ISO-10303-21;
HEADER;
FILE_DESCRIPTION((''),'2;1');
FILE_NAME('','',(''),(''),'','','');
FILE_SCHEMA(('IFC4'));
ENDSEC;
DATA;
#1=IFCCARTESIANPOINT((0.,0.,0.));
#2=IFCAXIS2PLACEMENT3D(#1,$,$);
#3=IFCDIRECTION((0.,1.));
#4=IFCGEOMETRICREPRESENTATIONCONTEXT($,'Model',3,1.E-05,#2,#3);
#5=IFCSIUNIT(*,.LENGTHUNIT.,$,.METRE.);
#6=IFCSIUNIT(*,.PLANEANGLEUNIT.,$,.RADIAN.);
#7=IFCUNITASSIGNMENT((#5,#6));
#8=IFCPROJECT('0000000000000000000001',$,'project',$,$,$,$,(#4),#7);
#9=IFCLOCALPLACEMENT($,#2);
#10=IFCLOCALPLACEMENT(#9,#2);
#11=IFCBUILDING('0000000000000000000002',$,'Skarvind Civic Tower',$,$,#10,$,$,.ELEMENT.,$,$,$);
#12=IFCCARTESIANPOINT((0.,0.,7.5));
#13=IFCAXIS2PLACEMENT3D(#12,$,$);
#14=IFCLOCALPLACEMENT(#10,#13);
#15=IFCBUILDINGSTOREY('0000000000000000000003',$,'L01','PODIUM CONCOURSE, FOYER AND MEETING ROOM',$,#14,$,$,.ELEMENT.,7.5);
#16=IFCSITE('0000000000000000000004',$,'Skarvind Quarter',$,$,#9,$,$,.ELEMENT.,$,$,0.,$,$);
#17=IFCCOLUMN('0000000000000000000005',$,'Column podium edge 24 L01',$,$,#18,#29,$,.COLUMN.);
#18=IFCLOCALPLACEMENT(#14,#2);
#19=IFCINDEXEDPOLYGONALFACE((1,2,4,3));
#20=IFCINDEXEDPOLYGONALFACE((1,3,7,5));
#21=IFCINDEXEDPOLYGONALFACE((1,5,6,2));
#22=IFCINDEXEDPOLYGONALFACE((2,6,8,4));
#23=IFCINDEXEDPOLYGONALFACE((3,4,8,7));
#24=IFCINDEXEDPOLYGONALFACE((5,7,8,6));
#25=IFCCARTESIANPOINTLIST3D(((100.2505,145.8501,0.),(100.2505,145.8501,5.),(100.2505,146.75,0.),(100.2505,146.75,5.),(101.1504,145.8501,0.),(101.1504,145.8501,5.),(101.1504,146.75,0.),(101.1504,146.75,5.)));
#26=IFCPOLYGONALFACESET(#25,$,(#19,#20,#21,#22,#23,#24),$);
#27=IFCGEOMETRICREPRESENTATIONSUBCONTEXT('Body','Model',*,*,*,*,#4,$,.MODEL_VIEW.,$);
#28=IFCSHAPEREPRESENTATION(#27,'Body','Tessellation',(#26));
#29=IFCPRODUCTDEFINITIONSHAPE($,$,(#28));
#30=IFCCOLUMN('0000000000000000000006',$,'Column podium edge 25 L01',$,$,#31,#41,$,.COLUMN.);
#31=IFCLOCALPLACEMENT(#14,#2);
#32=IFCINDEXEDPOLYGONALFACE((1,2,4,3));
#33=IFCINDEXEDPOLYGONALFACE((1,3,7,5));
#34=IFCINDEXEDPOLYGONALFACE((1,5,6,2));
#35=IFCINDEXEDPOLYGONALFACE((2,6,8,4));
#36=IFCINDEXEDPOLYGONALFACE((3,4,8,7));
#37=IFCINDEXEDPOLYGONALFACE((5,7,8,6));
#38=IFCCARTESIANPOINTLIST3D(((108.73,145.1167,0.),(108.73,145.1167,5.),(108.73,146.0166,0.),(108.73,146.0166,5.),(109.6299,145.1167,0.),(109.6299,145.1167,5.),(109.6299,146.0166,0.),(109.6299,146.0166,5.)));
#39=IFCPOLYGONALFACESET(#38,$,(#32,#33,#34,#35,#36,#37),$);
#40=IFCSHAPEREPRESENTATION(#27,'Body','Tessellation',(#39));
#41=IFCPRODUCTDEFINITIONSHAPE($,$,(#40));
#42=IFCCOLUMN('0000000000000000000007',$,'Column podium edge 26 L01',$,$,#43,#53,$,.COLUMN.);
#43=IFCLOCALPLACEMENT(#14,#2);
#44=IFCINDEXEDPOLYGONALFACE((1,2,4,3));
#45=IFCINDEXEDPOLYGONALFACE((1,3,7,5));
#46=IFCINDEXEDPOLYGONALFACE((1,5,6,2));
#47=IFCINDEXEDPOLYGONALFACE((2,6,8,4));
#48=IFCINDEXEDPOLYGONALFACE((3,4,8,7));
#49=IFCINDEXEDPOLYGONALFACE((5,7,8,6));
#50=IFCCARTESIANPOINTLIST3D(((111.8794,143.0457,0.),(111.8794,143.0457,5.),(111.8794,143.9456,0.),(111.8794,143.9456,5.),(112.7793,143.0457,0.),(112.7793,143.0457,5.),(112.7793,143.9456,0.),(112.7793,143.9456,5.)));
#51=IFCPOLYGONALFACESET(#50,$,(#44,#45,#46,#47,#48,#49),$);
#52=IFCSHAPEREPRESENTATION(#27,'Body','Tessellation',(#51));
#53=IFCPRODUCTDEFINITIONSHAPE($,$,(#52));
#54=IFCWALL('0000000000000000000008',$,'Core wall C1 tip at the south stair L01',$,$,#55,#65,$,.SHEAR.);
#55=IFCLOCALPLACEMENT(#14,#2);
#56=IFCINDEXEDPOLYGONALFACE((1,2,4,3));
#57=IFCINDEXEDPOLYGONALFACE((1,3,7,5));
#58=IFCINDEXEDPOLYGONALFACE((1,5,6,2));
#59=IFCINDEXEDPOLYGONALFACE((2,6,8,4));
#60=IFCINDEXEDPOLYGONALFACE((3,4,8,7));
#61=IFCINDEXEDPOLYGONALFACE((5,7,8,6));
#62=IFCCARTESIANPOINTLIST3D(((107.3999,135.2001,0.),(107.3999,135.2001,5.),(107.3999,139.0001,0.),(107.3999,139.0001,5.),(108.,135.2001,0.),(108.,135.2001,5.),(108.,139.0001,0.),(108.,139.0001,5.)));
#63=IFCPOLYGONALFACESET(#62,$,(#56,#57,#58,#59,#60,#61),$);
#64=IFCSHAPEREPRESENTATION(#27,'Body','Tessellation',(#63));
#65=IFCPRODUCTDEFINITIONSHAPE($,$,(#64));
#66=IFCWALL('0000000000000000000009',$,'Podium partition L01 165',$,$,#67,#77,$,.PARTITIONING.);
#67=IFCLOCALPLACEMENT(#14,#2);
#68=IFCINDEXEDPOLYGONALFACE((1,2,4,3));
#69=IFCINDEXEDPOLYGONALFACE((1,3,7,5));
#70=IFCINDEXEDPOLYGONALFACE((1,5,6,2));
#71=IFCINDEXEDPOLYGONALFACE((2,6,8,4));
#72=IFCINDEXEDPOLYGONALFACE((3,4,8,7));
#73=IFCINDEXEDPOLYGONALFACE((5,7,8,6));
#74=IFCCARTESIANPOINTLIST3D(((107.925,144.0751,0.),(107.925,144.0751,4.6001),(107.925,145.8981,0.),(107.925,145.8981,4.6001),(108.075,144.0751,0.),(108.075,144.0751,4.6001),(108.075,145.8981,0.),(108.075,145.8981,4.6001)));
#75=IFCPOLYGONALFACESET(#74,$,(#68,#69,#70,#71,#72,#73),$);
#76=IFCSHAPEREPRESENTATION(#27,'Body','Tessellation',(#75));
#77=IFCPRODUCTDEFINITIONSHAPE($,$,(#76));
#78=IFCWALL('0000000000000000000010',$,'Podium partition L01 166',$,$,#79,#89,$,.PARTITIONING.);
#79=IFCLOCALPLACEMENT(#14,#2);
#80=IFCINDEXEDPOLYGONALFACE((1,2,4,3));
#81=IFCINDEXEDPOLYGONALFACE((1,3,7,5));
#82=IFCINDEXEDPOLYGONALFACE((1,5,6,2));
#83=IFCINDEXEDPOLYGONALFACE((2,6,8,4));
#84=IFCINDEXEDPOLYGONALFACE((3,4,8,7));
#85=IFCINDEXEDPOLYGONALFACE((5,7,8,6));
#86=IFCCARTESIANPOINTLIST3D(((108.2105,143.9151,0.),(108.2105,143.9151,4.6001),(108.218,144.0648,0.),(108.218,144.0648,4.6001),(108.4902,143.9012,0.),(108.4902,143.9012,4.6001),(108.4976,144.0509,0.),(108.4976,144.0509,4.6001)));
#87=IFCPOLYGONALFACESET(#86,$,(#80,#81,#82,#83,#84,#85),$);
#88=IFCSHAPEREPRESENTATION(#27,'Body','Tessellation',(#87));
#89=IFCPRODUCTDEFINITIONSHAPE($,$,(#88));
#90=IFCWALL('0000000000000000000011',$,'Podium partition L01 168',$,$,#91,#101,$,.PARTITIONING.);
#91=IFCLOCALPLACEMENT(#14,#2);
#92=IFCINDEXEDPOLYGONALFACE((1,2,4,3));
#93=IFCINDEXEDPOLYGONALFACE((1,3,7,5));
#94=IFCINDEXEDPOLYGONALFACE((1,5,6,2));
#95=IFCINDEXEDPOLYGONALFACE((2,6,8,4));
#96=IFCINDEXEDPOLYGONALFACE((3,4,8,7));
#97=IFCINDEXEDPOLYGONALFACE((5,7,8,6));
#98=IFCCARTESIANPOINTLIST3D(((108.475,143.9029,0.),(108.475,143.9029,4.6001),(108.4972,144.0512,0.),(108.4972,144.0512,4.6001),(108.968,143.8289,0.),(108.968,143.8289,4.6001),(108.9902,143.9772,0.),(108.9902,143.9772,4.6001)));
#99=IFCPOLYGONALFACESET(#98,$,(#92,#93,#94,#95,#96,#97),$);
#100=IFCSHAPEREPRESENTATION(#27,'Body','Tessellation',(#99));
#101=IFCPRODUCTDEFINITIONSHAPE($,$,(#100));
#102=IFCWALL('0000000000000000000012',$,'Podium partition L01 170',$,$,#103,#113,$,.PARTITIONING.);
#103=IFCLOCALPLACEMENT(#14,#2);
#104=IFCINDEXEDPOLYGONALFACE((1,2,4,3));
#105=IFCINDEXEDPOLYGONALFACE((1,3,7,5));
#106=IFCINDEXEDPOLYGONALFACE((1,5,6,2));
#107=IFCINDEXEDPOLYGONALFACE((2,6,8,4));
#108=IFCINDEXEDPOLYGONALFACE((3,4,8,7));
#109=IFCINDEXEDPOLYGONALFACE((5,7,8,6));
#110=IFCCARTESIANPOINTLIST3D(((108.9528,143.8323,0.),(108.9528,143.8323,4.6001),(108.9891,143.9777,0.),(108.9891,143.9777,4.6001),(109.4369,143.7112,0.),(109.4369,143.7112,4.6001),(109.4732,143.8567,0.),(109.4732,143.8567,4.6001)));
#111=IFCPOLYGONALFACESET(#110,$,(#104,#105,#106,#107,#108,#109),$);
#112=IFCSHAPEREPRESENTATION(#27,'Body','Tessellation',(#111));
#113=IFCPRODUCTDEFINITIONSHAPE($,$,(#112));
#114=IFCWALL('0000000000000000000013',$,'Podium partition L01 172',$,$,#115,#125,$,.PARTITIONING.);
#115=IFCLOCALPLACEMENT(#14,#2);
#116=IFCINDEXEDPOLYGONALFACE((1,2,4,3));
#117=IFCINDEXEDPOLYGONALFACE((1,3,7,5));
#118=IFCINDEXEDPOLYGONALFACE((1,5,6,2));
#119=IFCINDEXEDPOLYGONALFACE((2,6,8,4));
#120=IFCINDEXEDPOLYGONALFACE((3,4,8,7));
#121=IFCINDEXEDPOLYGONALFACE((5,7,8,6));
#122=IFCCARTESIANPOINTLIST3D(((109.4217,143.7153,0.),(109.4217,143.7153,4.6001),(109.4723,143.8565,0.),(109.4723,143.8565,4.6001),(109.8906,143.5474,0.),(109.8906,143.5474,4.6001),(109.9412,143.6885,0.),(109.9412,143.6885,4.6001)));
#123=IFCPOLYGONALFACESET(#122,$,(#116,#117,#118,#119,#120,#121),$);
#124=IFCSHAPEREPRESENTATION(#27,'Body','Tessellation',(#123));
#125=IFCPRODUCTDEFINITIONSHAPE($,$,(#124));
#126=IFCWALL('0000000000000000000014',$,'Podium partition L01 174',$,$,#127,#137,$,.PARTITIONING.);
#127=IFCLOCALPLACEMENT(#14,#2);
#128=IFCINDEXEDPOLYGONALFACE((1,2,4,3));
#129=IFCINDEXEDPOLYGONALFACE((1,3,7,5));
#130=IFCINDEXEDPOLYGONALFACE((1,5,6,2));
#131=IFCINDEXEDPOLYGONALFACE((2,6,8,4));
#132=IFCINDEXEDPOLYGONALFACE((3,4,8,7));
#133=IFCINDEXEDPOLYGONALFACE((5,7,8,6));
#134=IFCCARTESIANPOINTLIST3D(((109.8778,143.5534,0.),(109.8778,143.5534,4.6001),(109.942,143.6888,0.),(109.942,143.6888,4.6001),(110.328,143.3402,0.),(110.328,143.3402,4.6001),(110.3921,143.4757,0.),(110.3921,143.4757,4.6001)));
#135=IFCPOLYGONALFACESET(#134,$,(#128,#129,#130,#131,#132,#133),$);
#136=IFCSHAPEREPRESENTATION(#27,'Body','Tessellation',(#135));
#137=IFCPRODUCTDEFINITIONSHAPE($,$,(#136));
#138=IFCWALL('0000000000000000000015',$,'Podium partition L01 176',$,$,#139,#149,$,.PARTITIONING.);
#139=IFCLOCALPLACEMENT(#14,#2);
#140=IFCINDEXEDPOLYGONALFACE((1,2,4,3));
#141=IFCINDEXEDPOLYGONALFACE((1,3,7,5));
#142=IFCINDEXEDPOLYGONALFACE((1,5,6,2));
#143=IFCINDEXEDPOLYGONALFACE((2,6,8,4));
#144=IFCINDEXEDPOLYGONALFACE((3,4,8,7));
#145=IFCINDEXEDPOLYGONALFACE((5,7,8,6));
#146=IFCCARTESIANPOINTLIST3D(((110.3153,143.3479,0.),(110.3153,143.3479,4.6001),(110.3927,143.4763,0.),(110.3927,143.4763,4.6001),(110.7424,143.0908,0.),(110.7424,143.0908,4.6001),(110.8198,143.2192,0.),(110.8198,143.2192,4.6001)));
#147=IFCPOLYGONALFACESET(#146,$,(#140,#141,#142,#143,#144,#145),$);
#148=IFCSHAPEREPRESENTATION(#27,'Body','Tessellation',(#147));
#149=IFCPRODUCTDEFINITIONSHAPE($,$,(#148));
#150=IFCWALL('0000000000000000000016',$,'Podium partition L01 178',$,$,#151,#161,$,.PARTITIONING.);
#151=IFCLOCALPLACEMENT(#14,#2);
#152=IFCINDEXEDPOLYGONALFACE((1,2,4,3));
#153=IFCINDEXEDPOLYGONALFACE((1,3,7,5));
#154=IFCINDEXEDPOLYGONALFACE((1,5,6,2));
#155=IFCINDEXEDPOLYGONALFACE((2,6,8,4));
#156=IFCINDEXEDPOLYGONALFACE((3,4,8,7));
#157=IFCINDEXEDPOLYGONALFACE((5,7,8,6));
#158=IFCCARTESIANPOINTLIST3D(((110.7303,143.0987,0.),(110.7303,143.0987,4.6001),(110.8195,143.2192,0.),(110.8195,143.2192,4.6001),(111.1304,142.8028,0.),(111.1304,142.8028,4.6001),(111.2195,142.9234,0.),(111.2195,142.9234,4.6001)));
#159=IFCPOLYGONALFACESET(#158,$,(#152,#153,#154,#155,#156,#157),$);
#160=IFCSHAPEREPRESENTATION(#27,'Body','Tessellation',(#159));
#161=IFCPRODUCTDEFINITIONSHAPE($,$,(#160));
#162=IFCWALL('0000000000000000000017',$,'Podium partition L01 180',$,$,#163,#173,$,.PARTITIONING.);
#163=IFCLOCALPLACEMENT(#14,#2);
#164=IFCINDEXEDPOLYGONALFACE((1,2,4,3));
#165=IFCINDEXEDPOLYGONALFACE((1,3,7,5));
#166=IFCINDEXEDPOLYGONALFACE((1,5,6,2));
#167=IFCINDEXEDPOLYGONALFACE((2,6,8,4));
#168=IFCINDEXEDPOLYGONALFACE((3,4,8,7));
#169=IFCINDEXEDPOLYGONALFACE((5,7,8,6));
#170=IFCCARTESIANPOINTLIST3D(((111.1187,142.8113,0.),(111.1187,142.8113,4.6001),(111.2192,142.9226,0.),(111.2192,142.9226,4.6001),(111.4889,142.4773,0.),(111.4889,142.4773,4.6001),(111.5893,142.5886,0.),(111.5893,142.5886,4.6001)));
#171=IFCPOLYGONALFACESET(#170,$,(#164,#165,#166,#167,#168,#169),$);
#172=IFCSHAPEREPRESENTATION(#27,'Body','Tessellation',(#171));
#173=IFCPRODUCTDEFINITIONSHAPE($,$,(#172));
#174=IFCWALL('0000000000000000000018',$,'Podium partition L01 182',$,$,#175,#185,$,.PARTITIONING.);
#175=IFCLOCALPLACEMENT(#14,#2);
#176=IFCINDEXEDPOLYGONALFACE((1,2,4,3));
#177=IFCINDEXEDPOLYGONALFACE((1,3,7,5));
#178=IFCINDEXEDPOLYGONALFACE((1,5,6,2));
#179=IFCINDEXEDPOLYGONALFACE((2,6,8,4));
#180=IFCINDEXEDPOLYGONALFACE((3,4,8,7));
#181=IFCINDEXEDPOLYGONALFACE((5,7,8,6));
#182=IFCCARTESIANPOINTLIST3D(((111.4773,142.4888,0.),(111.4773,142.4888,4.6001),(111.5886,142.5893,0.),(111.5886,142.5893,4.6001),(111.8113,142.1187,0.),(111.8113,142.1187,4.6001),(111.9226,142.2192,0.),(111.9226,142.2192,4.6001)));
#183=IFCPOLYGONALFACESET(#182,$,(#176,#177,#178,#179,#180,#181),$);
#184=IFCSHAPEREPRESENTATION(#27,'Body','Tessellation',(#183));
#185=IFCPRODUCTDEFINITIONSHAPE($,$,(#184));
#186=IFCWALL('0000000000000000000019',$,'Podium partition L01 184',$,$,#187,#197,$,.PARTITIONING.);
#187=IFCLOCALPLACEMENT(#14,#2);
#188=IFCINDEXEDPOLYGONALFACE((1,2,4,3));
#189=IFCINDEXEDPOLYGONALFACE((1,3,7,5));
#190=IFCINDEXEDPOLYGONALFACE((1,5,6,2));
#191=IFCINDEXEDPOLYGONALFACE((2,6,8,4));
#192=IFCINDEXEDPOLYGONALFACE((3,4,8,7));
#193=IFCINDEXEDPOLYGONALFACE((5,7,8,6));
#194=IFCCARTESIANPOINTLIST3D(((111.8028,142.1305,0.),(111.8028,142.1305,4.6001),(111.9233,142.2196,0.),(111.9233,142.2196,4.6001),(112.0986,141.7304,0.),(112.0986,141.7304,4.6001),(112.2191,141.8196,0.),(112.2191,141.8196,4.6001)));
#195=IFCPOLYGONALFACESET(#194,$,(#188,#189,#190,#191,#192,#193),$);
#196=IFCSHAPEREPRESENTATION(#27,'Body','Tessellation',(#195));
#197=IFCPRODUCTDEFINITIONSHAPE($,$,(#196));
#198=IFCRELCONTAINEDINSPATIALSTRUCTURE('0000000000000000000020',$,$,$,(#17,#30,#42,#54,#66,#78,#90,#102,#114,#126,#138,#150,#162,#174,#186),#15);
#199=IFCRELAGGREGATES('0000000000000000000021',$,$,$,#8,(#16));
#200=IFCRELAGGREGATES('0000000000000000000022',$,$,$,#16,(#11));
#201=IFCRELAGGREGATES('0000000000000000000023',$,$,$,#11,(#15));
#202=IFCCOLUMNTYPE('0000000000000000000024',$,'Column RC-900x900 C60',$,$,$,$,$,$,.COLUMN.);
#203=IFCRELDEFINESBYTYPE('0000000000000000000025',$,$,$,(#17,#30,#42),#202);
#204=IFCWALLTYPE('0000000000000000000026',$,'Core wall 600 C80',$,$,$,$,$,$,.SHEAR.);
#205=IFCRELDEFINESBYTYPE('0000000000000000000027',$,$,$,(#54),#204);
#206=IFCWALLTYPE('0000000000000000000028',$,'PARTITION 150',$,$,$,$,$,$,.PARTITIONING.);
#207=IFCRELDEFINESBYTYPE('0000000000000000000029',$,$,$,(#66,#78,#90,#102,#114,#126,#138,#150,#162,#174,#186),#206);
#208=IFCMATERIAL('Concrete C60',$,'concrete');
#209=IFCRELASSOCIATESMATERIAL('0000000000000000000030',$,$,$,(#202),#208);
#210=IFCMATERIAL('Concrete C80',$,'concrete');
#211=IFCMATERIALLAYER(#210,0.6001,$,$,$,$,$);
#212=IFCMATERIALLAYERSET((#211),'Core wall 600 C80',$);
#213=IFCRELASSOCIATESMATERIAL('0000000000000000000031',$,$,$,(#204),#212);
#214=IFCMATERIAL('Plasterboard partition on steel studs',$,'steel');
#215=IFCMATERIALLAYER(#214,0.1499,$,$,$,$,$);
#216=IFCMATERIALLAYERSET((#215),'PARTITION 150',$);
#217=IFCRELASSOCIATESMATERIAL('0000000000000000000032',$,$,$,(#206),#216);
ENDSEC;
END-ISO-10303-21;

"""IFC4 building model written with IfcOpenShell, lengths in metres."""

from ifc_helpers import new_model, si_unit, direction, frame, frame_2d, origin, origin_2d, place, context, subcontext, project, spatial, rectangle, extrude, material, layer, layer_set, material_profile, profile_set, type_object, element, save


model = new_model("IFC4")

# Units and contexts
model_context = context("Model", 3, precision=1e-05, world=origin(), true_north=direction((0.0, 1.0)))
body_context = subcontext(model_context, "Body", "Model", "MODEL_VIEW")
ifc_project = project(units=[si_unit("LENGTHUNIT", "METRE"), si_unit("PLANEANGLEUNIT", "RADIAN")], contexts=[model_context])

# Site, building, storey
site_placement = place(None, origin())
site = spatial("IfcSite", under=ifc_project, at=site_placement, Name="Skarvind Quarter", CompositionType="ELEMENT", RefElevation=0.0)
building_placement = place(site_placement, origin())
building = spatial("IfcBuilding", under=site, at=building_placement, Name="Skarvind Civic Tower", CompositionType="ELEMENT")
storey_placement = place(building_placement, frame((0.0, 0.0, 7.5)))
storey = spatial("IfcBuildingStorey", under=building, at=storey_placement, Name="L01", Description="PODIUM CONCOURSE, FOYER AND MEETING ROOM", CompositionType="ELEMENT", Elevation=7.5)

# Columns
ifc_material_1 = material(Name="Concrete C60", Category="concrete")
ifc_material_profile = material_profile(ifc_material_1, rectangle(XDim=0.8999, YDim=0.8999, at=origin_2d()), Name="RC-900x900")
ifc_profile_set = profile_set([ifc_material_profile], Name="Concrete C60")
column_type = type_object("IfcColumnType", Name="Column RC-900x900 C60", PredefinedType="COLUMN", material=ifc_profile_set)
for number, where, z_axis, x_axis, name in (
    (1, (100.7004, 146.3, 0.0), (0.0, 0.0, 1.0), (1.0, 0.0, 0.0), "Column podium edge 24 L01"),
    (2, (109.1799, 145.5667, 0.0), (0.0, 0.0, 1.0), (1.0, 0.0, 0.0), "Column podium edge 25 L01"),
    (3, (112.3293, 143.4956, 0.0), (0.0, 0.0, 1.0), (1.0, 0.0, 0.0), "Column podium edge 26 L01"),
):
    element("IfcColumn", number, at=place(storey_placement, frame(where, z_axis=z_axis, x_axis=x_axis)), inside=storey, type_object=column_type, Name=name, PredefinedType="COLUMN", context=body_context, shape_type="SweptSolid", body=[
        extrude(rectangle(XDim=0.8999, YDim=0.8999, at=origin_2d()), origin(), (0.0, 0.0, 1.0), 5.0),
    ])

# Walls
ifc_material_2 = material(Name="Concrete C80", Category="concrete")
ifc_layer_1 = layer(ifc_material_2, 0.6001)
ifc_layer_set_1 = layer_set([ifc_layer_1], Name="Core wall 600 C80")
wall_type_1 = type_object("IfcWallType", Name="Core wall 600 C80", PredefinedType="SHEAR", material=ifc_layer_set_1)
wall_1_placement = place(storey_placement, frame((107.7, 139.0, 0.0), z_axis=(0.0, 0.0, 1.0), x_axis=(0.0, -1.0, 0.0)))
element("IfcWall", 4, at=wall_1_placement, inside=storey, type_object=wall_type_1, Name="Core wall C1 tip at the south stair L01", PredefinedType="SHEAR", context=body_context, shape_type="SweptSolid", body=[
    extrude(rectangle(XDim=3.8, YDim=0.6001, at=frame_2d((1.8999, 0.0))), origin(), (0.0, 0.0, 1.0), 5.0),
])
ifc_material_3 = material(Name="Plasterboard partition on steel studs", Category="steel")
ifc_layer_2 = layer(ifc_material_3, 0.1499)
ifc_layer_set_2 = layer_set([ifc_layer_2], Name="PARTITION 150")
wall_type_2 = type_object("IfcWallType", Name="PARTITION 150", PredefinedType="PARTITIONING", material=ifc_layer_set_2)
wall_2_placement = place(storey_placement, frame((108.0, 144.075, 0.0), z_axis=(0.0, 0.0, 1.0), x_axis=(0.0, 1.0, 0.0)))
element("IfcWall", 5, at=wall_2_placement, inside=storey, type_object=wall_type_2, Name="Podium partition L01 165", PredefinedType="PARTITIONING", context=body_context, shape_type="SweptSolid", body=[
    extrude(rectangle(XDim=1.823, YDim=0.1499, at=frame_2d((0.9116, 0.0))), origin(), (0.0, 0.0, 1.0), 4.6001),
])
wall_3_placement = place(storey_placement, frame((108.2141, 143.99, 0.0), z_axis=(0.0, 0.0, 1.0), x_axis=(0.998765, -0.049677, 0.0)))
element("IfcWall", 6, at=wall_3_placement, inside=storey, type_object=wall_type_2, Name="Podium partition L01 166", PredefinedType="PARTITIONING", context=body_context, shape_type="SweptSolid", body=[
    extrude(rectangle(XDim=0.28, YDim=0.1499, at=frame_2d((0.1401, 0.0))), origin(), (0.0, 0.0, 1.0), 4.6001),
])
wall_4_placement = place(storey_placement, frame((108.4861, 143.9771, 0.0), z_axis=(0.0, 0.0, 1.0), x_axis=(0.988926, -0.148412, 0.0)))
element("IfcWall", 7, at=wall_4_placement, inside=storey, type_object=wall_type_2, Name="Podium partition L01 168", PredefinedType="PARTITIONING", context=body_context, shape_type="SweptSolid", body=[
    extrude(rectangle(XDim=0.4985, YDim=0.1499, at=frame_2d((0.2493, 0.0))), origin(), (0.0, 0.0, 1.0), 4.6001),
])
wall_5_placement = place(storey_placement, frame((108.9709, 143.905, 0.0), z_axis=(0.0, 0.0, 1.0), x_axis=(0.970114, -0.242651, 0.0)))
element("IfcWall", 8, at=wall_5_placement, inside=storey, type_object=wall_type_2, Name="Podium partition L01 170", PredefinedType="PARTITIONING", context=body_context, shape_type="SweptSolid", body=[
    extrude(rectangle(XDim=0.499, YDim=0.1499, at=frame_2d((0.2495, 0.0))), origin(), (0.0, 0.0, 1.0), 4.6001),
])
for number, where, z_axis, x_axis, name in (
    (9, (109.447, 143.7859, 0.0), (0.0, 0.0, 1.0), (0.941442, -0.337174, 0.0), "Podium partition L01 172"),
    (10, (109.9099, 143.6211, 0.0), (0.0, 0.0, 1.0), (0.903828, -0.427897, 0.0), "Podium partition L01 174"),
):
    element("IfcWall", number, at=place(storey_placement, frame(where, z_axis=z_axis, x_axis=x_axis)), inside=storey, type_object=wall_type_2, Name=name, PredefinedType="PARTITIONING", context=body_context, shape_type="SweptSolid", body=[
        extrude(rectangle(XDim=0.498, YDim=0.1499, at=frame_2d((0.249, 0.0))), origin(), (0.0, 0.0, 1.0), 4.6001),
    ])
wall_6_placement = place(storey_placement, frame((110.354, 143.4121, 0.0), z_axis=(0.0, 0.0, 1.0), x_axis=(0.856714, -0.515792, 0.0)))
element("IfcWall", 11, at=wall_6_placement, inside=storey, type_object=wall_type_2, Name="Podium partition L01 176", PredefinedType="PARTITIONING", context=body_context, shape_type="SweptSolid", body=[
    extrude(rectangle(XDim=0.4985, YDim=0.1499, at=frame_2d((0.2493, 0.0))), origin(), (0.0, 0.0, 1.0), 4.6001),
])
wall_7_placement = place(storey_placement, frame((110.7749, 143.1589, 0.0), z_axis=(0.0, 0.0, 1.0), x_axis=(0.804044, -0.59457, 0.0)))
element("IfcWall", 12, at=wall_7_placement, inside=storey, type_object=wall_type_2, Name="Podium partition L01 178", PredefinedType="PARTITIONING", context=body_context, shape_type="SweptSolid", body=[
    extrude(rectangle(XDim=0.4976, YDim=0.1499, at=frame_2d((0.2488, 0.0))), origin(), (0.0, 0.0, 1.0), 4.6001),
])
for number, where, z_axis, x_axis, name in (
    (13, (111.1689, 142.8669, 0.0), (0.0, 0.0, 1.0), (0.742417, -0.669938, 0.0), "Podium partition L01 180"),
    (14, (111.533, 142.5391, 0.0), (0.0, 0.0, 1.0), (0.669938, -0.742417, 0.0), "Podium partition L01 182"),
):
    element("IfcWall", number, at=place(storey_placement, frame(where, z_axis=z_axis, x_axis=x_axis)), inside=storey, type_object=wall_type_2, Name=name, PredefinedType="PARTITIONING", context=body_context, shape_type="SweptSolid", body=[
        extrude(rectangle(XDim=0.4985, YDim=0.1499, at=frame_2d((0.2493, 0.0))), origin(), (0.0, 0.0, 1.0), 4.6001),
    ])
wall_8_placement = place(storey_placement, frame((111.863, 142.175, 0.0), z_axis=(0.0, 0.0, 1.0), x_axis=(0.59457, -0.804044, 0.0)))
element("IfcWall", 15, at=wall_8_placement, inside=storey, type_object=wall_type_2, Name="Podium partition L01 184", PredefinedType="PARTITIONING", context=body_context, shape_type="SweptSolid", body=[
    extrude(rectangle(XDim=0.4976, YDim=0.1499, at=frame_2d((0.2488, 0.0))), origin(), (0.0, 0.0, 1.0), 4.6001),
])

save(model, "model.ifc")
